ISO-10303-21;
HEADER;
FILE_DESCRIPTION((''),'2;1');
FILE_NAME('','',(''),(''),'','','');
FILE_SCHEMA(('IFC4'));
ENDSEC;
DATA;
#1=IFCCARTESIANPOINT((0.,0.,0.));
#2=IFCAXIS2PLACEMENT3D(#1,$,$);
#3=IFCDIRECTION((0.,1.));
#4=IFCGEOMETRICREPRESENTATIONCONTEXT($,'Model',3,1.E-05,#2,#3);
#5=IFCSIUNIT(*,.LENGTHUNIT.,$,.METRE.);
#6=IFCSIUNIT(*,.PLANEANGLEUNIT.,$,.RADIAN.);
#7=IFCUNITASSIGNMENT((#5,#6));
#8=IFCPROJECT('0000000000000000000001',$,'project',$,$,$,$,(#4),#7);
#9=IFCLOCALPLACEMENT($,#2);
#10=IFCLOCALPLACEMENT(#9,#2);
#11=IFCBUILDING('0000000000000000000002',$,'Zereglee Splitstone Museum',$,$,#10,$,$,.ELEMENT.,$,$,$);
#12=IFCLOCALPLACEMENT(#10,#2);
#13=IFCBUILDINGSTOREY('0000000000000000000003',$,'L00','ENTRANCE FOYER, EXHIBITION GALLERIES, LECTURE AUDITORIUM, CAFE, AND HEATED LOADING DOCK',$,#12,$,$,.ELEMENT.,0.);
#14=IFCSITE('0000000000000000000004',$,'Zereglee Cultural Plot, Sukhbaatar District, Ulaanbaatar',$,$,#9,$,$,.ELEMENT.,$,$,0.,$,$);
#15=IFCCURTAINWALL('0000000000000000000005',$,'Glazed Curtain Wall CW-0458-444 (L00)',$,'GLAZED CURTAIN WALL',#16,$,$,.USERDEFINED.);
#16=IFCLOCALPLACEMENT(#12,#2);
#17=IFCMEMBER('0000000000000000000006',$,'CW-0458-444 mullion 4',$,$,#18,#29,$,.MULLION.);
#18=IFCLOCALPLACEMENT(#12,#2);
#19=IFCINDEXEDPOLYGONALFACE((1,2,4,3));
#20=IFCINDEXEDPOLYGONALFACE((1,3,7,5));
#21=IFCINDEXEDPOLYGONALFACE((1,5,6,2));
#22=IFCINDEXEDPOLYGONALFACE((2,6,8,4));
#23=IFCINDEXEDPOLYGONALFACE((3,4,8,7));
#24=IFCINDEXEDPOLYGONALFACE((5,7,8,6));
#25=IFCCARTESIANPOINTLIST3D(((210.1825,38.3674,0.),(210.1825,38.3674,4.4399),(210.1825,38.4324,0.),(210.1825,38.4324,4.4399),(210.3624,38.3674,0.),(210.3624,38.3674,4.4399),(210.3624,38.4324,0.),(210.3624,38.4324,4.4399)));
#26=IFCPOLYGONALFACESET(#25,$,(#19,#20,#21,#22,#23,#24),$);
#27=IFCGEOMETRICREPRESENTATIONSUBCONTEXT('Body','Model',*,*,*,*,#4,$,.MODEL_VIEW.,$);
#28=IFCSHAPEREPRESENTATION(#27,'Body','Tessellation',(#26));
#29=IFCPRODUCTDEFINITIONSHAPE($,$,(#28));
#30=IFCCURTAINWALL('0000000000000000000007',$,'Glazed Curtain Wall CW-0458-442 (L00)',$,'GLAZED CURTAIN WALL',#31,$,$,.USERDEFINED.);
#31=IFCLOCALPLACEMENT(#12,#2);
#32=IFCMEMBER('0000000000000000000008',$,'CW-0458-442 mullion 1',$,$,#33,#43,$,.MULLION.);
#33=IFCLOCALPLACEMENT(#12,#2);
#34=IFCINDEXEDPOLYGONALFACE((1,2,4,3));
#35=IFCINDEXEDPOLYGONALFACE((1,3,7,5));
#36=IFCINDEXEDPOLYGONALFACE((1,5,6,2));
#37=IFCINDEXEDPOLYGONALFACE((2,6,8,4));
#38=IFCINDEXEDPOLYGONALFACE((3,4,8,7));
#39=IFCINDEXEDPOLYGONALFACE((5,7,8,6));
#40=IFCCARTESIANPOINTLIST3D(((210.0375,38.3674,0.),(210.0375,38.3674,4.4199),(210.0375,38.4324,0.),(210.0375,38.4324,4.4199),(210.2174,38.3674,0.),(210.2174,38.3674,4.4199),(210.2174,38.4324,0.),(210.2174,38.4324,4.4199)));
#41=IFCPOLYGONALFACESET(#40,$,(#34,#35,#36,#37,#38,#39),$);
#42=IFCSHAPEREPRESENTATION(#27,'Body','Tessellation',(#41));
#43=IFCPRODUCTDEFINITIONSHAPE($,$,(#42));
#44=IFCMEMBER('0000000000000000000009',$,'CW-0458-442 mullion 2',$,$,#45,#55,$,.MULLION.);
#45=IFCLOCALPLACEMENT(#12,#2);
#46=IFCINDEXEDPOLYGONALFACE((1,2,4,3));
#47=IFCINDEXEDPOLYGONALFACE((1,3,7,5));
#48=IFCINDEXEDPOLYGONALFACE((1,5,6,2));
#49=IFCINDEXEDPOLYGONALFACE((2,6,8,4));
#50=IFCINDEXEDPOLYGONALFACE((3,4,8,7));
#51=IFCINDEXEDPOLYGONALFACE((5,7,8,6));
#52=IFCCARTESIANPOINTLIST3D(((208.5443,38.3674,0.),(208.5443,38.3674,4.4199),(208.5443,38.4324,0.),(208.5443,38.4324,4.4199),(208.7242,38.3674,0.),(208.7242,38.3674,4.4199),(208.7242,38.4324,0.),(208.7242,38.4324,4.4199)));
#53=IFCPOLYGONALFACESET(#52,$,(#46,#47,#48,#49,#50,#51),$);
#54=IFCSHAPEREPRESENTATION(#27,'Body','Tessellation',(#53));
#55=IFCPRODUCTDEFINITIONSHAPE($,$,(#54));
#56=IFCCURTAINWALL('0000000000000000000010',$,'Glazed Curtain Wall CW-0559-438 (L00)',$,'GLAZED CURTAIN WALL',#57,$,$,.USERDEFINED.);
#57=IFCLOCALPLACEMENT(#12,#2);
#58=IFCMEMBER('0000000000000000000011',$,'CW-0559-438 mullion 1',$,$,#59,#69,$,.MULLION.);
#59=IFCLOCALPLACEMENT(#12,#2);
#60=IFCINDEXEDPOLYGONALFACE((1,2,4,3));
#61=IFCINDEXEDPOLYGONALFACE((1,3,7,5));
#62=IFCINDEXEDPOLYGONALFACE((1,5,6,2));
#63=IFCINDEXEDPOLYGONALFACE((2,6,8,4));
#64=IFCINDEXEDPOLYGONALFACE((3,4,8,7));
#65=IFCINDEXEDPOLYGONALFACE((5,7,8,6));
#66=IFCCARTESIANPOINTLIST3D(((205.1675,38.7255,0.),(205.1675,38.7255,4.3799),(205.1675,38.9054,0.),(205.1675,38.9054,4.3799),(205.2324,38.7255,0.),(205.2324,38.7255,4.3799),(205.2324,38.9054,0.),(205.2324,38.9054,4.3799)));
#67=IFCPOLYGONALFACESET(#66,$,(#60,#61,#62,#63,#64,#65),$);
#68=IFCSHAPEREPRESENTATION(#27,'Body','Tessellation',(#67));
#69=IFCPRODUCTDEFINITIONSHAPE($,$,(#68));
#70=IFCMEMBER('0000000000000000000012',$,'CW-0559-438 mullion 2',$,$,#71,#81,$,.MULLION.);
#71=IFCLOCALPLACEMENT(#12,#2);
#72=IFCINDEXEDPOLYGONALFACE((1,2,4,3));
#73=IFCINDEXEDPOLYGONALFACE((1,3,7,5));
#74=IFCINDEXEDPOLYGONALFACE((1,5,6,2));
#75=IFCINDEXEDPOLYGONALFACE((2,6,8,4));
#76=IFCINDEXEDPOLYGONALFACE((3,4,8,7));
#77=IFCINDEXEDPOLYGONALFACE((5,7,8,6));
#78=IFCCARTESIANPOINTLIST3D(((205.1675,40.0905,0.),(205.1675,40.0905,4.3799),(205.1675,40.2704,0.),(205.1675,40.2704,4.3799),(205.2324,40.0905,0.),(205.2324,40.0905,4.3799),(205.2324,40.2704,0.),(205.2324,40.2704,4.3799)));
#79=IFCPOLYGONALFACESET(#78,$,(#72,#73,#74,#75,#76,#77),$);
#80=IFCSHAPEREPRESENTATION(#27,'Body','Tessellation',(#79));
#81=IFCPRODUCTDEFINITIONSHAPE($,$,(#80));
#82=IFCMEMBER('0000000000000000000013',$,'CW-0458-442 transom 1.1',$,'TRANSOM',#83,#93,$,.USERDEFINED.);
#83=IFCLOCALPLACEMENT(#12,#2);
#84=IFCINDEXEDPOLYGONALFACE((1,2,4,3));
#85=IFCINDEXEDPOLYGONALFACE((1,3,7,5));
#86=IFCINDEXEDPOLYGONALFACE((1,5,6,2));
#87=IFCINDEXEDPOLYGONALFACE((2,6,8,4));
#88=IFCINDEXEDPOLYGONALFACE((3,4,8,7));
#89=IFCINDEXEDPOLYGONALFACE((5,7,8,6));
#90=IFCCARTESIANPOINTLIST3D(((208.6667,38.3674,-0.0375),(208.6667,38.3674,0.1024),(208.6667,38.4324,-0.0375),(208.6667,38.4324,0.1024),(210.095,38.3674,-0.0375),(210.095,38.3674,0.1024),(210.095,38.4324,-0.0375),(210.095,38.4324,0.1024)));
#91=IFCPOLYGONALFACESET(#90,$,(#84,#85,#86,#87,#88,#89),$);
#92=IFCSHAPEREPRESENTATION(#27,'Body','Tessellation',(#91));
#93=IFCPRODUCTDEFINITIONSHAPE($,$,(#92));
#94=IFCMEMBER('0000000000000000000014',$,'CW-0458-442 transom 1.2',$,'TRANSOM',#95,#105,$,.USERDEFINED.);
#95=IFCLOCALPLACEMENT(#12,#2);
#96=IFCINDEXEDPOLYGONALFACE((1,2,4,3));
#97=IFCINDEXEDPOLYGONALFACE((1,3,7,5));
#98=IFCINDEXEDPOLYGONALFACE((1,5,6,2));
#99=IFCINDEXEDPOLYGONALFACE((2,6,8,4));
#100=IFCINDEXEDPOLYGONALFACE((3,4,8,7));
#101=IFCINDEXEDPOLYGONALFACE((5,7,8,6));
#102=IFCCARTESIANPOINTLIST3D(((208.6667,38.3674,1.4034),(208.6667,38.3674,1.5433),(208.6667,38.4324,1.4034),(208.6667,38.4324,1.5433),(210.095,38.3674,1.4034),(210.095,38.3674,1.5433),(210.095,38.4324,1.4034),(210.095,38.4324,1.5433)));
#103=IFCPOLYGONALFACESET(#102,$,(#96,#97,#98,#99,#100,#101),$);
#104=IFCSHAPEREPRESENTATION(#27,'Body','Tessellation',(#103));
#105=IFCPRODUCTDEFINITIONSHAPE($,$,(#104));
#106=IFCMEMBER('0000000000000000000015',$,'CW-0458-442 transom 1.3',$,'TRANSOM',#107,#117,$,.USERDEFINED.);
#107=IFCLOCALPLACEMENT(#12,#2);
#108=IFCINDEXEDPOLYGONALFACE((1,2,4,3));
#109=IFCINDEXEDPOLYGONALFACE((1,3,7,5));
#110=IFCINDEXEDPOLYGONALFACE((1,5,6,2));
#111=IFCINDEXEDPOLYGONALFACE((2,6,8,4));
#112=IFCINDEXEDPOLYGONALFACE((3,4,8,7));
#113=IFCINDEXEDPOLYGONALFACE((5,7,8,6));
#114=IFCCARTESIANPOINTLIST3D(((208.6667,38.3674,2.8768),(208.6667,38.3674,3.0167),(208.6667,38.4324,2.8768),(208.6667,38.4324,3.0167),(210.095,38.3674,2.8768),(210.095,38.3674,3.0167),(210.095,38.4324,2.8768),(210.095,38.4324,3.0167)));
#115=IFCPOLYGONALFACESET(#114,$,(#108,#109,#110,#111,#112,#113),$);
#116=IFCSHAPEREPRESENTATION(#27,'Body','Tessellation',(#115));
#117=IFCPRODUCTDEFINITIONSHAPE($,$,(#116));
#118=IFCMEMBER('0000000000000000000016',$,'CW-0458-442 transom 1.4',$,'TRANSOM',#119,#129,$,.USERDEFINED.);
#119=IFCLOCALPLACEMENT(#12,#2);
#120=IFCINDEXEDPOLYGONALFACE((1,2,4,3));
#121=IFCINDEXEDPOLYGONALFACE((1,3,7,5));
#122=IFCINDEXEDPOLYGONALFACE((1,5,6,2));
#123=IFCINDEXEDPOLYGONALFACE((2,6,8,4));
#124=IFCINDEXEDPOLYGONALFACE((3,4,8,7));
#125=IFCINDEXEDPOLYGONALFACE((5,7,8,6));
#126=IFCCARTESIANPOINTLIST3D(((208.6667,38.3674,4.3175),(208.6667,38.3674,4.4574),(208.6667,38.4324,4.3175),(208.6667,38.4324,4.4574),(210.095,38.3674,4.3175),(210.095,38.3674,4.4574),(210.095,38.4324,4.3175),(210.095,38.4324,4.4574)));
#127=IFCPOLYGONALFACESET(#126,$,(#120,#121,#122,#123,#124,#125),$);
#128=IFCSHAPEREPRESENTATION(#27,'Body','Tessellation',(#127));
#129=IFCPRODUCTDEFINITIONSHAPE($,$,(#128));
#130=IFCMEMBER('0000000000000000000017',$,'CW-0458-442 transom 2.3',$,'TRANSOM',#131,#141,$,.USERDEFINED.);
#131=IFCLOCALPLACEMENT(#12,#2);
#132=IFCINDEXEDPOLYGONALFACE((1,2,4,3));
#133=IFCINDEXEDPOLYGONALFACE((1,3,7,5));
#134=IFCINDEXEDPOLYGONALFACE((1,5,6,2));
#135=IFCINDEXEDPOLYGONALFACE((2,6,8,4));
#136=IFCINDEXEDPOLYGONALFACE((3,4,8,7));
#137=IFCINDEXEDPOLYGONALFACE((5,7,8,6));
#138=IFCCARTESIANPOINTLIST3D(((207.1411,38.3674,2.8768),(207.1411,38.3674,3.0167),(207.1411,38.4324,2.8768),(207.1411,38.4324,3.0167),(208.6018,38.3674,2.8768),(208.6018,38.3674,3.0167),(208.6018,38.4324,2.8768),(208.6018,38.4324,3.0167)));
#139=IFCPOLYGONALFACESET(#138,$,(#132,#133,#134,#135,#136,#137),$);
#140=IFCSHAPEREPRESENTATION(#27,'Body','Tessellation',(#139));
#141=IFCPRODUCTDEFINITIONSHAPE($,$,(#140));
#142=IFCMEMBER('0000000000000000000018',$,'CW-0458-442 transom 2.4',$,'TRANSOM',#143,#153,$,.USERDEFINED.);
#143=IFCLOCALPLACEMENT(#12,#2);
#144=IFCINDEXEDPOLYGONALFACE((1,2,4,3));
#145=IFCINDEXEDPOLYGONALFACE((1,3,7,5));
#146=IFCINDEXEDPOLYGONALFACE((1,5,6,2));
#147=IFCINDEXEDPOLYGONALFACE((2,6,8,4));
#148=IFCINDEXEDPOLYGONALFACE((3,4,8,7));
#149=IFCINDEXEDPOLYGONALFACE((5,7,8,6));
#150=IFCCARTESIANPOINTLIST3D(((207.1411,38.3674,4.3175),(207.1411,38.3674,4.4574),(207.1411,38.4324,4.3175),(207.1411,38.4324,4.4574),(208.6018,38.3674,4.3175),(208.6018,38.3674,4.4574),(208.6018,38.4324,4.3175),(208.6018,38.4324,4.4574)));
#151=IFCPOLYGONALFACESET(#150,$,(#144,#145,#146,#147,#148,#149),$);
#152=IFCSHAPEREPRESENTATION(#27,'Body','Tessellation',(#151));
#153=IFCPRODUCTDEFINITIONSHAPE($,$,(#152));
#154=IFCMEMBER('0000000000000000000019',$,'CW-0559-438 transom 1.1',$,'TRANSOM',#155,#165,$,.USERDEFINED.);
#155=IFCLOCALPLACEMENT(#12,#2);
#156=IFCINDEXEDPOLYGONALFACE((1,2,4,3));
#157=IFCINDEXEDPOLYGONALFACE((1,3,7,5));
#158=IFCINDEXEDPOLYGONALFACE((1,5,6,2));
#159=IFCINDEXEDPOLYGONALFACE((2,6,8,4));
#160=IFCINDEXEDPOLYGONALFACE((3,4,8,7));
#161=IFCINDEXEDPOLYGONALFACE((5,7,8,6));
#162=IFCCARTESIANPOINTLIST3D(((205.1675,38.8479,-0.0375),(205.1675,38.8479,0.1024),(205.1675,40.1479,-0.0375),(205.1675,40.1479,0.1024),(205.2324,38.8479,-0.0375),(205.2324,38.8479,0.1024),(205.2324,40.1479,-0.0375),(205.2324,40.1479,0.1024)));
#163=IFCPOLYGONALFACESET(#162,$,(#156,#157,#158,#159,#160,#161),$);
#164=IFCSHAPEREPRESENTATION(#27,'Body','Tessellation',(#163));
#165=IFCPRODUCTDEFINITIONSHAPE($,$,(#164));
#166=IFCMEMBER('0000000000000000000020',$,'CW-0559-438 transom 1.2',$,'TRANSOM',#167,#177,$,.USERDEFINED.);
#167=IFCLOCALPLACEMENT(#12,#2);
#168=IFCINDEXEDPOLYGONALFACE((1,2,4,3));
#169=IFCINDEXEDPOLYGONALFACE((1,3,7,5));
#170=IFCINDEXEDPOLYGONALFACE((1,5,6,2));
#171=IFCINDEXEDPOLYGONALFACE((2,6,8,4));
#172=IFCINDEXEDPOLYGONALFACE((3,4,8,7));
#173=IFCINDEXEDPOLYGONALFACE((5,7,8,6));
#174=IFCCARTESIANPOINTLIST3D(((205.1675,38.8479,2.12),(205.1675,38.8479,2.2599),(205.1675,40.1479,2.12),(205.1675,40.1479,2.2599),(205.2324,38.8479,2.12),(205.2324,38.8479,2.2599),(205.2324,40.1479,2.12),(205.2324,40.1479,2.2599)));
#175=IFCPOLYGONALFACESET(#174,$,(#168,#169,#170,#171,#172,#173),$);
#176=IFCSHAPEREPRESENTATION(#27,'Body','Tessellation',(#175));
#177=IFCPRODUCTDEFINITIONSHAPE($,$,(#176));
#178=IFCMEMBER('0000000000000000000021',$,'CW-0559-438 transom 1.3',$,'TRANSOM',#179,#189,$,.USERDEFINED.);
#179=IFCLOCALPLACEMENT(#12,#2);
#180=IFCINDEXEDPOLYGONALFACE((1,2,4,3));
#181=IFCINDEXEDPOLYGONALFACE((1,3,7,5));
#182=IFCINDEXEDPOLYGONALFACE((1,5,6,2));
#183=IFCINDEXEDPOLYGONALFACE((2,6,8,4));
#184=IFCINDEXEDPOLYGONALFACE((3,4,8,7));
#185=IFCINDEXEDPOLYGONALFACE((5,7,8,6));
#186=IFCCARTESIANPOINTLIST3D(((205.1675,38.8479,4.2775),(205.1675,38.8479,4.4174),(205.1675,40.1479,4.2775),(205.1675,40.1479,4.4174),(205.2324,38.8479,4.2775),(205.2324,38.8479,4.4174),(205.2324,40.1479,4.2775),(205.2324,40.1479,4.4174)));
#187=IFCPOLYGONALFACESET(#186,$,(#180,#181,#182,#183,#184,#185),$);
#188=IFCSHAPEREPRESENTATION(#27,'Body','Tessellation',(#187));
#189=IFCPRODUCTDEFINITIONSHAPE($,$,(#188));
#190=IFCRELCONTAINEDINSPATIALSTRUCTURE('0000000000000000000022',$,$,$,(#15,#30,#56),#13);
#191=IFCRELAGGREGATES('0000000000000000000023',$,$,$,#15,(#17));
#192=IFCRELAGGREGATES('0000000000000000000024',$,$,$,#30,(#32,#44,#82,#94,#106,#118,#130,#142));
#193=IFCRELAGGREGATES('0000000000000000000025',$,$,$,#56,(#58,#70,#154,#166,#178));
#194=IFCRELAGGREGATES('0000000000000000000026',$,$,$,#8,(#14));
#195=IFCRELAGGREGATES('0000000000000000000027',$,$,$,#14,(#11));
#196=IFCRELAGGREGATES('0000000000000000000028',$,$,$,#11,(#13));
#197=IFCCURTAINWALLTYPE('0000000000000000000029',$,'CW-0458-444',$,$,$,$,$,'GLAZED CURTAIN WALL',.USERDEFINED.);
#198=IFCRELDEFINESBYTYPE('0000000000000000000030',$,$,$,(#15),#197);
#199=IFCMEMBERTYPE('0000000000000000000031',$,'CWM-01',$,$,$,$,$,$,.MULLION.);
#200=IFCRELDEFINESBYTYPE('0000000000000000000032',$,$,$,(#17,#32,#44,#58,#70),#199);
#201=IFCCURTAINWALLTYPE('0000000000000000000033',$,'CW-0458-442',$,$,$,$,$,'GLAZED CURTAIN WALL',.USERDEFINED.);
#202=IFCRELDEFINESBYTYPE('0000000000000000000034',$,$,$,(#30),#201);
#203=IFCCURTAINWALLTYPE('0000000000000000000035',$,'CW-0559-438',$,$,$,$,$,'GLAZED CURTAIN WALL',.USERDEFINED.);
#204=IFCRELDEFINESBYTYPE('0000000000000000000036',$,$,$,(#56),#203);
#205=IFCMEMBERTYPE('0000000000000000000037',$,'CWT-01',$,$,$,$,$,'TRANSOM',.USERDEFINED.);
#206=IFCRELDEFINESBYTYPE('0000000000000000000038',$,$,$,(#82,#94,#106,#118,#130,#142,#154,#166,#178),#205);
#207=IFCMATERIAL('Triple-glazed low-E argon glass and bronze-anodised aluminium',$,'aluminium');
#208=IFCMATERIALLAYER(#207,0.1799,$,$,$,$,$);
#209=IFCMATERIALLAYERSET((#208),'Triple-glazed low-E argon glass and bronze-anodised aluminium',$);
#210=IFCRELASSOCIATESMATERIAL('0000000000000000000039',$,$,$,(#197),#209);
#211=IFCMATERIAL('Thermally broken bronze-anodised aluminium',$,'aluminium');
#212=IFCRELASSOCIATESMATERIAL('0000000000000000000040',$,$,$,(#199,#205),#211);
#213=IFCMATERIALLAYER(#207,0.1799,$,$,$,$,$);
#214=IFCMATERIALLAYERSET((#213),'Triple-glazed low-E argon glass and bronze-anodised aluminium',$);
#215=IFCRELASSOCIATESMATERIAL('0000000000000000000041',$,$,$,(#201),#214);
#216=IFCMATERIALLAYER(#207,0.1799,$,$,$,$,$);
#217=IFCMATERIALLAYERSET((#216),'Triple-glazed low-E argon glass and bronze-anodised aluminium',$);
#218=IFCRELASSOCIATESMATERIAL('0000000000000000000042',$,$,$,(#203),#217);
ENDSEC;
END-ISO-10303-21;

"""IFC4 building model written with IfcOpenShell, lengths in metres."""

from ifc_helpers import new_model, si_unit, direction, frame, origin, origin_2d, place, context, subcontext, project, spatial, rectangle, extrude, material, layer, layer_set, material_profile, profile_set, type_object, element, aggregate, save


model = new_model("IFC4")

# Units and contexts
model_context = context("Model", 3, precision=1e-05, world=origin(), true_north=direction((0.0, 1.0)))
body_context = subcontext(model_context, "Body", "Model", "MODEL_VIEW")
ifc_project = project(units=[si_unit("LENGTHUNIT", "METRE"), si_unit("PLANEANGLEUNIT", "RADIAN")], contexts=[model_context])

# Site, building, storey
site_placement = place(None, origin())
site = spatial("IfcSite", under=ifc_project, at=site_placement, Name="Zereglee Cultural Plot, Sukhbaatar District, Ulaanbaatar", CompositionType="ELEMENT", RefElevation=0.0)
building_placement = place(site_placement, origin())
building = spatial("IfcBuilding", under=site, at=building_placement, Name="Zereglee Splitstone Museum", CompositionType="ELEMENT")
storey_placement = place(building_placement, origin())
storey = spatial("IfcBuildingStorey", under=building, at=storey_placement, Name="L00", Description="ENTRANCE FOYER, EXHIBITION GALLERIES, LECTURE AUDITORIUM, CAFE, AND HEATED LOADING DOCK", CompositionType="ELEMENT", Elevation=0.0)

# Curtain wall, member
ifc_material_1 = material(Name="Triple-glazed low-E argon glass and bronze-anodised aluminium", Category="aluminium")
ifc_layer_1 = layer(ifc_material_1, 0.1799)
ifc_layer_set_1 = layer_set([ifc_layer_1], Name="Triple-glazed low-E argon glass and bronze-anodised aluminium")
curtain_wall_type_1 = type_object("IfcCurtainWallType", Name="CW-0458-444", ElementType="GLAZED CURTAIN WALL", PredefinedType="USERDEFINED", material=ifc_layer_set_1)
curtain_wall_1_placement = place(storey_placement, origin())
curtain_wall_1 = element("IfcCurtainWall", 1, at=curtain_wall_1_placement, inside=storey, type_object=curtain_wall_type_1, Name="Glazed Curtain Wall CW-0458-444 (L00)", ObjectType="GLAZED CURTAIN WALL", PredefinedType="USERDEFINED")
ifc_material_2 = material(Name="Thermally broken bronze-anodised aluminium", Category="aluminium")
ifc_material_profile_1 = material_profile(ifc_material_2, rectangle(XDim=0.0649, YDim=0.1799, at=origin_2d()), Name="CW MULL 65x180")
ifc_profile_set_1 = profile_set([ifc_material_profile_1], Name="Thermally broken bronze-anodised aluminium")
member_type_1 = type_object("IfcMemberType", Name="CWM-01", PredefinedType="MULLION", material=ifc_profile_set_1)
member_1_placement = place(storey_placement, frame((210.2725, 38.3999, 0.0), z_axis=(0.0, 0.0, 1.0), x_axis=(0.0, -1.0, 0.0)))
member_1 = element("IfcMember", 2, at=member_1_placement, type_object=member_type_1, Name="CW-0458-444 mullion 4", PredefinedType="MULLION", context=body_context, shape_type="SweptSolid", body=[
    extrude(rectangle(XDim=0.0649, YDim=0.1799, at=origin_2d()), origin(), (0.0, 0.0, 1.0), 4.4399),
])
aggregate(curtain_wall_1, [member_1])

# Curtain walls, members
ifc_layer_2 = layer(ifc_material_1, 0.1799)
ifc_layer_set_2 = layer_set([ifc_layer_2], Name="Triple-glazed low-E argon glass and bronze-anodised aluminium")
curtain_wall_type_2 = type_object("IfcCurtainWallType", Name="CW-0458-442", ElementType="GLAZED CURTAIN WALL", PredefinedType="USERDEFINED", material=ifc_layer_set_2)
curtain_wall_2_placement = place(storey_placement, origin())
curtain_wall_2 = element("IfcCurtainWall", 3, at=curtain_wall_2_placement, inside=storey, type_object=curtain_wall_type_2, Name="Glazed Curtain Wall CW-0458-442 (L00)", ObjectType="GLAZED CURTAIN WALL", PredefinedType="USERDEFINED")
member_2_placement = place(storey_placement, frame((210.1274, 38.3999, 0.0), z_axis=(0.0, 0.0, 1.0), x_axis=(0.0, -1.0, 0.0)))
member_2 = element("IfcMember", 4, at=member_2_placement, type_object=member_type_1, Name="CW-0458-442 mullion 1", PredefinedType="MULLION", context=body_context, shape_type="SweptSolid", body=[
    extrude(rectangle(XDim=0.0649, YDim=0.1799, at=origin_2d()), origin(), (0.0, 0.0, 1.0), 4.4199),
])
member_3_placement = place(storey_placement, frame((208.6343, 38.3999, 0.0), z_axis=(0.0, 0.0, 1.0), x_axis=(0.0, -1.0, 0.0)))
member_3 = element("IfcMember", 5, at=member_3_placement, type_object=member_type_1, Name="CW-0458-442 mullion 2", PredefinedType="MULLION", context=body_context, shape_type="SweptSolid", body=[
    extrude(rectangle(XDim=0.0649, YDim=0.1799, at=origin_2d()), origin(), (0.0, 0.0, 1.0), 4.4199),
])
ifc_layer_3 = layer(ifc_material_1, 0.1799)
ifc_layer_set_3 = layer_set([ifc_layer_3], Name="Triple-glazed low-E argon glass and bronze-anodised aluminium")
curtain_wall_type_3 = type_object("IfcCurtainWallType", Name="CW-0559-438", ElementType="GLAZED CURTAIN WALL", PredefinedType="USERDEFINED", material=ifc_layer_set_3)
curtain_wall_3_placement = place(storey_placement, origin())
curtain_wall_3 = element("IfcCurtainWall", 6, at=curtain_wall_3_placement, inside=storey, type_object=curtain_wall_type_3, Name="Glazed Curtain Wall CW-0559-438 (L00)", ObjectType="GLAZED CURTAIN WALL", PredefinedType="USERDEFINED")
member_4_placement = place(storey_placement, frame((205.2, 38.8154, 0.0), z_axis=(0.0, 0.0, 1.0), x_axis=(-1.0, 0.0, 0.0)))
member_4 = element("IfcMember", 7, at=member_4_placement, type_object=member_type_1, Name="CW-0559-438 mullion 1", PredefinedType="MULLION", context=body_context, shape_type="SweptSolid", body=[
    extrude(rectangle(XDim=0.0649, YDim=0.1799, at=origin_2d()), origin(), (0.0, 0.0, 1.0), 4.3799),
])
member_5_placement = place(storey_placement, frame((205.2, 40.1804, 0.0), z_axis=(0.0, 0.0, 1.0), x_axis=(-1.0, 0.0, 0.0)))
member_5 = element("IfcMember", 8, at=member_5_placement, type_object=member_type_1, Name="CW-0559-438 mullion 2", PredefinedType="MULLION", context=body_context, shape_type="SweptSolid", body=[
    extrude(rectangle(XDim=0.0649, YDim=0.1799, at=origin_2d()), origin(), (0.0, 0.0, 1.0), 4.3799),
])

# Members
ifc_material_profile_2 = material_profile(ifc_material_2, rectangle(XDim=0.0649, YDim=0.1399, at=origin_2d()), Name="CW TRAN 65x140")
ifc_profile_set_2 = profile_set([ifc_material_profile_2], Name="Thermally broken bronze-anodised aluminium")
member_type_2 = type_object("IfcMemberType", Name="CWT-01", ElementType="TRANSOM", PredefinedType="USERDEFINED", material=ifc_profile_set_2)
member_6_placement = place(storey_placement, frame((210.095, 38.3999, 0.0325), z_axis=(-1.0, 0.0, 0.0), x_axis=(0.0, -1.0, 0.0)))
member_6 = element("IfcMember", 9, at=member_6_placement, type_object=member_type_2, Name="CW-0458-442 transom 1.1", ObjectType="TRANSOM", PredefinedType="USERDEFINED", context=body_context, shape_type="SweptSolid", body=[
    extrude(rectangle(XDim=0.0649, YDim=0.1399, at=origin_2d()), origin(), (0.0, 0.0, 1.0), 1.4282),
])
member_7_placement = place(storey_placement, frame((210.095, 38.3999, 1.4734), z_axis=(-1.0, 0.0, 0.0), x_axis=(0.0, -1.0, 0.0)))
member_7 = element("IfcMember", 10, at=member_7_placement, type_object=member_type_2, Name="CW-0458-442 transom 1.2", ObjectType="TRANSOM", PredefinedType="USERDEFINED", context=body_context, shape_type="SweptSolid", body=[
    extrude(rectangle(XDim=0.0649, YDim=0.1399, at=origin_2d()), origin(), (0.0, 0.0, 1.0), 1.4282),
])
member_8_placement = place(storey_placement, frame((210.095, 38.3999, 2.9468), z_axis=(-1.0, 0.0, 0.0), x_axis=(0.0, -1.0, 0.0)))
member_8 = element("IfcMember", 11, at=member_8_placement, type_object=member_type_2, Name="CW-0458-442 transom 1.3", ObjectType="TRANSOM", PredefinedType="USERDEFINED", context=body_context, shape_type="SweptSolid", body=[
    extrude(rectangle(XDim=0.0649, YDim=0.1399, at=origin_2d()), origin(), (0.0, 0.0, 1.0), 1.4282),
])
member_9_placement = place(storey_placement, frame((210.095, 38.3999, 4.3875), z_axis=(-1.0, 0.0, 0.0), x_axis=(0.0, -1.0, 0.0)))
member_9 = element("IfcMember", 12, at=member_9_placement, type_object=member_type_2, Name="CW-0458-442 transom 1.4", ObjectType="TRANSOM", PredefinedType="USERDEFINED", context=body_context, shape_type="SweptSolid", body=[
    extrude(rectangle(XDim=0.0649, YDim=0.1399, at=origin_2d()), origin(), (0.0, 0.0, 1.0), 1.4282),
])
member_10_placement = place(storey_placement, frame((208.6018, 38.3999, 2.9468), z_axis=(-1.0, 0.0, 0.0), x_axis=(0.0, -1.0, 0.0)))
member_10 = element("IfcMember", 13, at=member_10_placement, type_object=member_type_2, Name="CW-0458-442 transom 2.3", ObjectType="TRANSOM", PredefinedType="USERDEFINED", context=body_context, shape_type="SweptSolid", body=[
    extrude(rectangle(XDim=0.0649, YDim=0.1399, at=origin_2d()), origin(), (0.0, 0.0, 1.0), 1.4607),
])
member_11_placement = place(storey_placement, frame((208.6018, 38.3999, 4.3875), z_axis=(-1.0, 0.0, 0.0), x_axis=(0.0, -1.0, 0.0)))
member_11 = element("IfcMember", 14, at=member_11_placement, type_object=member_type_2, Name="CW-0458-442 transom 2.4", ObjectType="TRANSOM", PredefinedType="USERDEFINED", context=body_context, shape_type="SweptSolid", body=[
    extrude(rectangle(XDim=0.0649, YDim=0.1399, at=origin_2d()), origin(), (0.0, 0.0, 1.0), 1.4607),
])
member_12_placement = place(storey_placement, frame((205.2, 38.8479, 0.0325), z_axis=(0.0, 1.0, 0.0), x_axis=(-1.0, 0.0, 0.0)))
member_12 = element("IfcMember", 15, at=member_12_placement, type_object=member_type_2, Name="CW-0559-438 transom 1.1", ObjectType="TRANSOM", PredefinedType="USERDEFINED", context=body_context, shape_type="SweptSolid", body=[
    extrude(rectangle(XDim=0.0649, YDim=0.1399, at=origin_2d()), origin(), (0.0, 0.0, 1.0), 1.3),
])
member_13_placement = place(storey_placement, frame((205.2, 38.8479, 2.1899), z_axis=(0.0, 1.0, 0.0), x_axis=(-1.0, 0.0, 0.0)))
member_13 = element("IfcMember", 16, at=member_13_placement, type_object=member_type_2, Name="CW-0559-438 transom 1.2", ObjectType="TRANSOM", PredefinedType="USERDEFINED", context=body_context, shape_type="SweptSolid", body=[
    extrude(rectangle(XDim=0.0649, YDim=0.1399, at=origin_2d()), origin(), (0.0, 0.0, 1.0), 1.3),
])
member_14_placement = place(storey_placement, frame((205.2, 38.8479, 4.3474), z_axis=(0.0, 1.0, 0.0), x_axis=(-1.0, 0.0, 0.0)))
member_14 = element("IfcMember", 17, at=member_14_placement, type_object=member_type_2, Name="CW-0559-438 transom 1.3", ObjectType="TRANSOM", PredefinedType="USERDEFINED", context=body_context, shape_type="SweptSolid", body=[
    extrude(rectangle(XDim=0.0649, YDim=0.1399, at=origin_2d()), origin(), (0.0, 0.0, 1.0), 1.3),
])

aggregate(curtain_wall_2, [member_2, member_3, member_6, member_7, member_8, member_9, member_10, member_11])
aggregate(curtain_wall_3, [member_4, member_5, member_12, member_13, member_14])

save(model, "model.ifc")
